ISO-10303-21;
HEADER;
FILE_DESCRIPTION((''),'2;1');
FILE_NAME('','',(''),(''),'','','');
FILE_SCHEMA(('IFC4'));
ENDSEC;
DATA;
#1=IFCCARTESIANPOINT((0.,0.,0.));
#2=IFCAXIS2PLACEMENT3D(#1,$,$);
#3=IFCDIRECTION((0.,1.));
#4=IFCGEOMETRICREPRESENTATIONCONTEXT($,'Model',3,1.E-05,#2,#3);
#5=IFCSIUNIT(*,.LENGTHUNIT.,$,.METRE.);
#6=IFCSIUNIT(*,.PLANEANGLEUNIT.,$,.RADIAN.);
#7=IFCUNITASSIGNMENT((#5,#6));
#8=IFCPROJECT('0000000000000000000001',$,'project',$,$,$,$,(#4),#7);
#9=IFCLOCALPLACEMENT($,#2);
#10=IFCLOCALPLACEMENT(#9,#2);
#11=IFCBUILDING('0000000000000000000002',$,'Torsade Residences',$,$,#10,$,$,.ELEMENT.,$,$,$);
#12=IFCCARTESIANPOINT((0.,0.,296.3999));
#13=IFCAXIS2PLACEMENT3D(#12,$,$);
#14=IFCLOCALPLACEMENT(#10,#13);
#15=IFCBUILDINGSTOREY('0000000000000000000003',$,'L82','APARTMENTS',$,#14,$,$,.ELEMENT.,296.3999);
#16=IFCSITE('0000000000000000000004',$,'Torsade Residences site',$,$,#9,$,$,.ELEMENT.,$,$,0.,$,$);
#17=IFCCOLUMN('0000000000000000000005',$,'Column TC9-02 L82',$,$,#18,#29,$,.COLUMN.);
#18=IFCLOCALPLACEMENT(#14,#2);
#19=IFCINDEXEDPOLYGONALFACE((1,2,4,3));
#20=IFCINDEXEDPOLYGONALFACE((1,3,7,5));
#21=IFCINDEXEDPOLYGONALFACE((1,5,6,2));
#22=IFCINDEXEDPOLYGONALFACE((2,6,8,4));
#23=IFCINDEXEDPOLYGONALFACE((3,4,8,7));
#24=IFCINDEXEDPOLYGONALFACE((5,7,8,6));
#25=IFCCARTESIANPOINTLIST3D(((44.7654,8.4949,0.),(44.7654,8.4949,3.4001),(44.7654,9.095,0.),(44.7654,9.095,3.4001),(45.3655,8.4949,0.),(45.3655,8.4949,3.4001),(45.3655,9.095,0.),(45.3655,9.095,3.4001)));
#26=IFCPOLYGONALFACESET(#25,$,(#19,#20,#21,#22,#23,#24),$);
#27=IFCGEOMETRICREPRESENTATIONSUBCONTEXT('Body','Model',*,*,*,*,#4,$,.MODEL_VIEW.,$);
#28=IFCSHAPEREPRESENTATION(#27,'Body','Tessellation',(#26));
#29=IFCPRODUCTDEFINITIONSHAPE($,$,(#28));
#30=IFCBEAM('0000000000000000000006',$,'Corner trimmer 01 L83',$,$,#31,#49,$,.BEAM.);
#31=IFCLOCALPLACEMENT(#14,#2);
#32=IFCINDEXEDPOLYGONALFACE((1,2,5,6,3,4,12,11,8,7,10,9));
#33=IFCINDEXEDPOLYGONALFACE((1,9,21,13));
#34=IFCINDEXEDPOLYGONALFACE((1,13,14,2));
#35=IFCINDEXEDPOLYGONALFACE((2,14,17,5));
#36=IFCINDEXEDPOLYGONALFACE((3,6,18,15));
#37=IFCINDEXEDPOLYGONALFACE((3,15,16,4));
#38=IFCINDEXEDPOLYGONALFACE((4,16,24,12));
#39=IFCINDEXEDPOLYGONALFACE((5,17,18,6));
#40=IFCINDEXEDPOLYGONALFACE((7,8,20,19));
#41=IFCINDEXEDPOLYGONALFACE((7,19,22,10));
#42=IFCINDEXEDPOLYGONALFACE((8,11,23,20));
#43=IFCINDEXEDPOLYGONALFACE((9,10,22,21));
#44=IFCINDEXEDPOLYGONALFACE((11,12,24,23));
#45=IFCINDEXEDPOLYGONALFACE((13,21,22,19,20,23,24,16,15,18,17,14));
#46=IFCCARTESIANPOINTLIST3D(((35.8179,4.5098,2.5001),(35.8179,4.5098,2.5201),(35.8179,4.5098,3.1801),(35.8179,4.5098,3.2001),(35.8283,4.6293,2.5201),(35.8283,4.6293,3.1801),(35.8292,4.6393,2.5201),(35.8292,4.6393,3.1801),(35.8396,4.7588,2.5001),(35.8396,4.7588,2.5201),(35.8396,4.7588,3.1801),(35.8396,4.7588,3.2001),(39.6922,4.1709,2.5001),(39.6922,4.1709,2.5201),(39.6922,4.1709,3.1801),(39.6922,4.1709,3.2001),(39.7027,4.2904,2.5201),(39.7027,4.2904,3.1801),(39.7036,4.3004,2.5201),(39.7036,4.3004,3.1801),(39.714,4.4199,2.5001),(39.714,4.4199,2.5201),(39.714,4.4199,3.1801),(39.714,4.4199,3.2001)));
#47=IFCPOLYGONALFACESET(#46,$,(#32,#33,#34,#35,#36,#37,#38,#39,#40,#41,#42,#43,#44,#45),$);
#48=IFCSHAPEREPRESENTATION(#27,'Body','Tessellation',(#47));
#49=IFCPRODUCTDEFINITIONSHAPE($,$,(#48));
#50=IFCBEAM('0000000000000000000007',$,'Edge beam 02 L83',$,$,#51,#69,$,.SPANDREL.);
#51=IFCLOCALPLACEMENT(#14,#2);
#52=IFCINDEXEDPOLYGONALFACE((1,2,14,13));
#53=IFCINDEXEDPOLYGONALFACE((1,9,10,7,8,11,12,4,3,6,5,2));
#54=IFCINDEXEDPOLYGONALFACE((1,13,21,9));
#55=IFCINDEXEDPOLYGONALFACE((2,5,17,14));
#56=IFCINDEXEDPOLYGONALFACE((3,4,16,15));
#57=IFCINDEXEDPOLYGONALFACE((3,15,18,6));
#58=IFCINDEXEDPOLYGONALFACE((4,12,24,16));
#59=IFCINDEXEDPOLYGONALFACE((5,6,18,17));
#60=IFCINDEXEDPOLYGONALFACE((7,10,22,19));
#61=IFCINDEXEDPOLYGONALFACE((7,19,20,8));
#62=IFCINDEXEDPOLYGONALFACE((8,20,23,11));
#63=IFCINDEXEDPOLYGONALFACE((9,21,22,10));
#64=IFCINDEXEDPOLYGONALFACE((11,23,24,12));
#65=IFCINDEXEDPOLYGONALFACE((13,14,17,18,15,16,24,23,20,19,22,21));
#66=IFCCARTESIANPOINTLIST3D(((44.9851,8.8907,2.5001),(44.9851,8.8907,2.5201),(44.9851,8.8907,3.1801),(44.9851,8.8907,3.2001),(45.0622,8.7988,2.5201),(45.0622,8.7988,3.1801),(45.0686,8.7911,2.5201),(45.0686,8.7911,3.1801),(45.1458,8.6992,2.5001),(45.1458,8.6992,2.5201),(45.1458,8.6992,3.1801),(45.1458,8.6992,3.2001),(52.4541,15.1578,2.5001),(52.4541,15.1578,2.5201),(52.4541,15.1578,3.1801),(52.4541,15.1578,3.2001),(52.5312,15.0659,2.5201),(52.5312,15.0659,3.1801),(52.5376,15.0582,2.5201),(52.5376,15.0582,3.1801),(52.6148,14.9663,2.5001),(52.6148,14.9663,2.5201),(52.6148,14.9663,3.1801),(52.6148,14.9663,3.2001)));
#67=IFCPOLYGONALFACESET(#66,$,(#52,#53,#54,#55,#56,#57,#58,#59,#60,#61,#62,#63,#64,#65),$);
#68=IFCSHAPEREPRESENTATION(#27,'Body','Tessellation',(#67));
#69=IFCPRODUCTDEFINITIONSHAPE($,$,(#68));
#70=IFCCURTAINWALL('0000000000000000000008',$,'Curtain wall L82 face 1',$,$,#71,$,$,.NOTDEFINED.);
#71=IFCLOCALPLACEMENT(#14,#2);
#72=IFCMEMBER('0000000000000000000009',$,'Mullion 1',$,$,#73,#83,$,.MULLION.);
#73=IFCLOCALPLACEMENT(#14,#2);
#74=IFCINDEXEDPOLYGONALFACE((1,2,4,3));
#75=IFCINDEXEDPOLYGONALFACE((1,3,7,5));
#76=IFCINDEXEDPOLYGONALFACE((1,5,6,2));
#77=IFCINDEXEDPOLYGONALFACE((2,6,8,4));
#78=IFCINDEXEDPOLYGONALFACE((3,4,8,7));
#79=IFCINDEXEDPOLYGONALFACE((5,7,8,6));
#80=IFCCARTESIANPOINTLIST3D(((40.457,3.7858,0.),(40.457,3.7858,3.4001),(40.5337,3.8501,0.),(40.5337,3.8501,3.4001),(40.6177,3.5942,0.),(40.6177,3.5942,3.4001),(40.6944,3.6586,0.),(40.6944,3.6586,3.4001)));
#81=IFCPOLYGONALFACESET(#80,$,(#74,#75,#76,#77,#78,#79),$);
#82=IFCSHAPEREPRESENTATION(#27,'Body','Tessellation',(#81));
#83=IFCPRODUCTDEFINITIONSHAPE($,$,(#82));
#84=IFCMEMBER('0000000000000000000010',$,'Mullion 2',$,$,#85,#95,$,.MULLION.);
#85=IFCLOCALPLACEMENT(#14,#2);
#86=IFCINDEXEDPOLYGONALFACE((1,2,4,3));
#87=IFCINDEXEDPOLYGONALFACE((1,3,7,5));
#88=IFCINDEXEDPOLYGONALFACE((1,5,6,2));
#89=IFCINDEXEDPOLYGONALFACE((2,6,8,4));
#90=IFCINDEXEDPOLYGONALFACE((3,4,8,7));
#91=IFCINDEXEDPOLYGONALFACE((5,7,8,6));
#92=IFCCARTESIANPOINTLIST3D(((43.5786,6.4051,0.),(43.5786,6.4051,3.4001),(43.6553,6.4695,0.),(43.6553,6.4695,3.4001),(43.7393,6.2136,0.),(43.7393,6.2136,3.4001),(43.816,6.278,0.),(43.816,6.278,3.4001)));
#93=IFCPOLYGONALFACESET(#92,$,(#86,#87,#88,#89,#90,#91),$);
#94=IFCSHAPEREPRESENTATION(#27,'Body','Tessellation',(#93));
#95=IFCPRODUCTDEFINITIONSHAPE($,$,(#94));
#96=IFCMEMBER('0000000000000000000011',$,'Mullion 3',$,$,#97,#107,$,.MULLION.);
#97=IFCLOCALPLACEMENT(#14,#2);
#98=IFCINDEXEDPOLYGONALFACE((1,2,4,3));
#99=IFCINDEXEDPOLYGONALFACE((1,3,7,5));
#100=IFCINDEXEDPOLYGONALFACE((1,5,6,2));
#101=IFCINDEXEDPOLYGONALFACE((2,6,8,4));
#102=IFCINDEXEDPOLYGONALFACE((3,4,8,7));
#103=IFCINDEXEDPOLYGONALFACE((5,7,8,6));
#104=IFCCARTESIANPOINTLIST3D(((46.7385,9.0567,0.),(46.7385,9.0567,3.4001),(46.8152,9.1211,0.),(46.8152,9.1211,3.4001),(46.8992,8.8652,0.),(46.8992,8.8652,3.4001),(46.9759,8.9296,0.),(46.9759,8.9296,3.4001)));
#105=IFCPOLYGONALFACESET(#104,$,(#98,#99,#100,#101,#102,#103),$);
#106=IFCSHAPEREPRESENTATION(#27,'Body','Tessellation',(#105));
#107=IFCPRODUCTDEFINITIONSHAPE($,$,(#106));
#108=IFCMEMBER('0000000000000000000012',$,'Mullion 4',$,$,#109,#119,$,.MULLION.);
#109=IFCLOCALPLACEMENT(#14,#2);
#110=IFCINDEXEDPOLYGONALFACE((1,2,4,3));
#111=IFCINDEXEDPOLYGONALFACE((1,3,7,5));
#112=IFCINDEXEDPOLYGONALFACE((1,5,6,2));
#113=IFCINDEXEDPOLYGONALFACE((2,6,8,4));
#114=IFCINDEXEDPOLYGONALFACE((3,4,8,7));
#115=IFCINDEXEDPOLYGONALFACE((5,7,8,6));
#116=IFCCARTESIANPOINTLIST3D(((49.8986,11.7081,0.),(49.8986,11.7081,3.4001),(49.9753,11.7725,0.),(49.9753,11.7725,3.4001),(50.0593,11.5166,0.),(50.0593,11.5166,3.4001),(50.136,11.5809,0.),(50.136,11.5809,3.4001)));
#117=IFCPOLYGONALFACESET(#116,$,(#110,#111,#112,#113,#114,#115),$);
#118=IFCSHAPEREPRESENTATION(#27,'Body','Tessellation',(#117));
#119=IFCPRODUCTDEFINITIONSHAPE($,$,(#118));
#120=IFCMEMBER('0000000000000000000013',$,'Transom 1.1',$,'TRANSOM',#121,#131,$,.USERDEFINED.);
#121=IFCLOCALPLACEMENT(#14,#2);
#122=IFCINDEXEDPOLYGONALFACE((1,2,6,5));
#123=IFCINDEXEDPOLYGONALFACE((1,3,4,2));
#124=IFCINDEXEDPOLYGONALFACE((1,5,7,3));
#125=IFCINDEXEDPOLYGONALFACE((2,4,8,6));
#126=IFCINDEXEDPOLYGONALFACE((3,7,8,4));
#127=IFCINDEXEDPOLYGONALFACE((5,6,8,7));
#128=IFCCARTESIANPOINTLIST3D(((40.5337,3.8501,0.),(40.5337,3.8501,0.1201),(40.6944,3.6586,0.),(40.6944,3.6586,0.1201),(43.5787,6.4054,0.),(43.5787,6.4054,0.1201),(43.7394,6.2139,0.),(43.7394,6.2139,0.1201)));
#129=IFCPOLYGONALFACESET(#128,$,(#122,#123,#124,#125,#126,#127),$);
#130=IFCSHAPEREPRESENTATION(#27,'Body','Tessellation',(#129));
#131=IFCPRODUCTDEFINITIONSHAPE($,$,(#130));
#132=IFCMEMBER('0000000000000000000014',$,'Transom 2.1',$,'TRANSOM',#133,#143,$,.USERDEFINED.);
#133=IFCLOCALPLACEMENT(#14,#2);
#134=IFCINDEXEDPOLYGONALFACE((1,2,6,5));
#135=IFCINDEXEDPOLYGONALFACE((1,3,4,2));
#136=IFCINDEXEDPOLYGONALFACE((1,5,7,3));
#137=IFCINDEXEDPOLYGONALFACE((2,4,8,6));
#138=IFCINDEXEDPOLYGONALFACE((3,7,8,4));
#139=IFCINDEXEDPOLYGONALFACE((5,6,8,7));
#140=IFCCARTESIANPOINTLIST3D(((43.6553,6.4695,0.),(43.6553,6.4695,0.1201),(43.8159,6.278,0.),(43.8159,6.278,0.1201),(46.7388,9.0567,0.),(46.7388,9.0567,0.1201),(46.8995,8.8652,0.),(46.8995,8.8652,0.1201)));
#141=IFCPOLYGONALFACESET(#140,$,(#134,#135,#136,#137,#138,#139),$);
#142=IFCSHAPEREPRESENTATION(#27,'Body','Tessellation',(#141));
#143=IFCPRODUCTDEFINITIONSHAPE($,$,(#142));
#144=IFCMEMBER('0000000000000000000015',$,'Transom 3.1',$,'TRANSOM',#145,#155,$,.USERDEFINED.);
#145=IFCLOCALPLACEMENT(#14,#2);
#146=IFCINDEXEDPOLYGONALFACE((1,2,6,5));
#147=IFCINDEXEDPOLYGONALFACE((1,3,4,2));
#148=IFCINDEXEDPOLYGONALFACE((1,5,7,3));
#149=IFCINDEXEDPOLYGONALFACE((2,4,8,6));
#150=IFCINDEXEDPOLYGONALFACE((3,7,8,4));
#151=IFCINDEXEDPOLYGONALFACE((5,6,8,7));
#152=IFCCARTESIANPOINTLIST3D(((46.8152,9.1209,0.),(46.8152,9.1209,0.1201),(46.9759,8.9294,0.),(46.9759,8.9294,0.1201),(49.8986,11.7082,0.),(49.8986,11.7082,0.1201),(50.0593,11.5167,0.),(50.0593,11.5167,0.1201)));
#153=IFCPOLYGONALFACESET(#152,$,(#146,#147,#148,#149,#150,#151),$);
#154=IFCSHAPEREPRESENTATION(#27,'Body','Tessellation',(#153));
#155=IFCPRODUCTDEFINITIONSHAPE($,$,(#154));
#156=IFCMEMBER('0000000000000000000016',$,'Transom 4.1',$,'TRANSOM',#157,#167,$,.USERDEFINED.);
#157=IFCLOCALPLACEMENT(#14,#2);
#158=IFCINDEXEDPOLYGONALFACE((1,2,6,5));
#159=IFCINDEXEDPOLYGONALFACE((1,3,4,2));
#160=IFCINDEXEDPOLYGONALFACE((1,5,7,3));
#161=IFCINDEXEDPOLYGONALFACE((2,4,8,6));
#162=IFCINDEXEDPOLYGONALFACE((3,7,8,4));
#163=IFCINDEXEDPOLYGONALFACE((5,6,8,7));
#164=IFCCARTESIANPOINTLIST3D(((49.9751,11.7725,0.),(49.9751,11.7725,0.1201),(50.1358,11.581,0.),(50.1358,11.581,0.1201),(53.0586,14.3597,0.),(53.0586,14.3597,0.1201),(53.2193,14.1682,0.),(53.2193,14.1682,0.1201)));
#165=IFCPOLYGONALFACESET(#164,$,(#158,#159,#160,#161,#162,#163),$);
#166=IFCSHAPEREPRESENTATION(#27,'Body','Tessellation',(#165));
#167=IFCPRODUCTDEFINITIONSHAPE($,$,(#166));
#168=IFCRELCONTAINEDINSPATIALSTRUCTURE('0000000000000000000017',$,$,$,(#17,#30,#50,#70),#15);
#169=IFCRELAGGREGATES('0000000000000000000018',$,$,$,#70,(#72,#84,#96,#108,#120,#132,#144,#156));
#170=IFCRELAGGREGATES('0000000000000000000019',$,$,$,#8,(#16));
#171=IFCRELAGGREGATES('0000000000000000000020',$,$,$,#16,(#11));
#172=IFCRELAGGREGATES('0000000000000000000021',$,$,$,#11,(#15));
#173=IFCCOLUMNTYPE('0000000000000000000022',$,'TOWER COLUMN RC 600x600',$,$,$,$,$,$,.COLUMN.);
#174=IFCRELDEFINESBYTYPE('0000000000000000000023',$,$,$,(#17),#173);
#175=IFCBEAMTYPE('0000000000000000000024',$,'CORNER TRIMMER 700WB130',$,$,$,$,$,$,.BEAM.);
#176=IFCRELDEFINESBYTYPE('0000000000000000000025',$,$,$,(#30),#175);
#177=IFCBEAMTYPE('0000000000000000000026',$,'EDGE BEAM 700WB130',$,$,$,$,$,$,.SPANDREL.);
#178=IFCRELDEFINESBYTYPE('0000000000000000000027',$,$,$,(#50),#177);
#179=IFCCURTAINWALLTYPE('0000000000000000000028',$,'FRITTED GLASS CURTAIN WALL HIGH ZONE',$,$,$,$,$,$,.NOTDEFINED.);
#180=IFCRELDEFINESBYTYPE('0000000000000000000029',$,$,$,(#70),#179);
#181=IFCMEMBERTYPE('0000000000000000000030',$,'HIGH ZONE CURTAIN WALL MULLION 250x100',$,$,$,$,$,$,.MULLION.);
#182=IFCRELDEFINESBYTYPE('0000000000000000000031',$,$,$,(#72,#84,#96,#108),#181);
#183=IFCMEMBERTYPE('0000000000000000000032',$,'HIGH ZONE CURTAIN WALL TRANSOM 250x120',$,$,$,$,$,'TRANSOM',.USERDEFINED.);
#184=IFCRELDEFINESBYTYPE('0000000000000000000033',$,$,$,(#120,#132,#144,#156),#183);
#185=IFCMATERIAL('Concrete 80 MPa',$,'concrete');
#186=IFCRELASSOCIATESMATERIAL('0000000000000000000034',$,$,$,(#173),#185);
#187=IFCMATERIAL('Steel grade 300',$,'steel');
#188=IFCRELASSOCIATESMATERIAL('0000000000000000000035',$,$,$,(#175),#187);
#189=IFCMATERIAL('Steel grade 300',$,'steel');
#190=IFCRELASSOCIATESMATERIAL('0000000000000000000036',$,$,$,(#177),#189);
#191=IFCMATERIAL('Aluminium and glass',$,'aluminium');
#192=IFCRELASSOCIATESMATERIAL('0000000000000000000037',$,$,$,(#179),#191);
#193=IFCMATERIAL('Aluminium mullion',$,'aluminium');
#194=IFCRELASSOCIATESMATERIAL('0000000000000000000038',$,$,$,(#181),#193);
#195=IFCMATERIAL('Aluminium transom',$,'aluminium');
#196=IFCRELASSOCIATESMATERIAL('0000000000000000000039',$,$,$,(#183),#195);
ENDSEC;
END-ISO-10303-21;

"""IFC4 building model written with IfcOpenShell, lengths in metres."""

from ifc_helpers import new_model, si_unit, direction, frame, origin, origin_2d, place, context, subcontext, project, spatial, rectangle, i_section, extrude, material, material_profile, profile_set, type_object, element, aggregate, save


model = new_model("IFC4")

# Units and contexts
model_context = context("Model", 3, precision=1e-05, world=origin(), true_north=direction((0.0, 1.0)))
body_context = subcontext(model_context, "Body", "Model", "MODEL_VIEW")
ifc_project = project(units=[si_unit("LENGTHUNIT", "METRE"), si_unit("PLANEANGLEUNIT", "RADIAN")], contexts=[model_context])

# Site, building, storey
site_placement = place(None, origin())
site = spatial("IfcSite", under=ifc_project, at=site_placement, Name="Torsade Residences site", CompositionType="ELEMENT", RefElevation=0.0)
building_placement = place(site_placement, origin())
building = spatial("IfcBuilding", under=site, at=building_placement, Name="Torsade Residences", CompositionType="ELEMENT")
storey_placement = place(building_placement, frame((0.0, 0.0, 296.3999)))
storey = spatial("IfcBuildingStorey", under=building, at=storey_placement, Name="L82", Description="APARTMENTS", CompositionType="ELEMENT", Elevation=296.3999)

# Column
ifc_material_1 = material(Name="Concrete 80 MPa", Category="concrete")
ifc_material_profile_1 = material_profile(ifc_material_1, rectangle(XDim=0.6001, YDim=0.6001, at=origin_2d()), Name="RC 600x600")
ifc_profile_set_1 = profile_set([ifc_material_profile_1], Name="Concrete 80 MPa")
column_type = type_object("IfcColumnType", Name="TOWER COLUMN RC 600x600", PredefinedType="COLUMN", material=ifc_profile_set_1)
column_placement = place(storey_placement, frame((45.0654, 8.7949, 0.0), z_axis=(0.0, 0.0, 1.0), x_axis=(1.0, 0.0, 0.0)))
element("IfcColumn", 1, at=column_placement, inside=storey, type_object=column_type, Name="Column TC9-02 L82", PredefinedType="COLUMN", context=body_context, shape_type="SweptSolid", body=[
    extrude(rectangle(XDim=0.6001, YDim=0.6001, at=origin_2d()), origin(), (0.0, 0.0, 1.0), 3.4001),
])

# Beams
ifc_material_2 = material(Name="Steel grade 300", Category="steel")
ifc_material_profile_2 = material_profile(ifc_material_2, i_section(OverallWidth=0.25, OverallDepth=0.7, WebThickness=0.01, FlangeThickness=0.02, at=origin_2d()), Name="700WB130")
ifc_profile_set_2 = profile_set([ifc_material_profile_2], Name="Steel grade 300")
beam_type_1 = type_object("IfcBeamType", Name="CORNER TRIMMER 700WB130", PredefinedType="BEAM", material=ifc_profile_set_2)
beam_1_placement = place(storey_placement, frame((39.7031, 4.2954, 2.8501), z_axis=(-0.996197, 0.087133, 0.0), x_axis=(-0.087133, -0.996197, 0.0)))
element("IfcBeam", 2, at=beam_1_placement, inside=storey, type_object=beam_type_1, Name="Corner trimmer 01 L83", PredefinedType="BEAM", context=body_context, shape_type="SweptSolid", body=[
    extrude(i_section(OverallWidth=0.25, OverallDepth=0.7, WebThickness=0.01, FlangeThickness=0.02, at=origin_2d()), origin(), (0.0, 0.0, 1.0), 3.8892),
])
ifc_material_3 = material(Name="Steel grade 300", Category="steel")
ifc_material_profile_3 = material_profile(ifc_material_3, i_section(OverallWidth=0.25, OverallDepth=0.7, WebThickness=0.01, FlangeThickness=0.02, at=origin_2d()), Name="700WB130")
ifc_profile_set_3 = profile_set([ifc_material_profile_3], Name="Steel grade 300")
beam_type_2 = type_object("IfcBeamType", Name="EDGE BEAM 700WB130", PredefinedType="SPANDREL", material=ifc_profile_set_3)
beam_2_placement = place(storey_placement, frame((45.0654, 8.7949, 2.8501), z_axis=(0.766052, 0.642779, 0.0), x_axis=(-0.642779, 0.766052, 0.0)))
element("IfcBeam", 3, at=beam_2_placement, inside=storey, type_object=beam_type_2, Name="Edge beam 02 L83", PredefinedType="SPANDREL", context=body_context, shape_type="SweptSolid", body=[
    extrude(i_section(OverallWidth=0.25, OverallDepth=0.7, WebThickness=0.01, FlangeThickness=0.02, at=origin_2d()), origin(), (0.0, 0.0, 1.0), 9.75),
])

# Curtain wall, members
ifc_material_4 = material(Name="Aluminium and glass", Category="aluminium")
curtain_wall_type = type_object("IfcCurtainWallType", Name="FRITTED GLASS CURTAIN WALL HIGH ZONE", PredefinedType="NOTDEFINED", material=ifc_material_4)
curtain_wall_placement = place(storey_placement, origin())
curtain_wall = element("IfcCurtainWall", 4, at=curtain_wall_placement, inside=storey, type_object=curtain_wall_type, Name="Curtain wall L82 face 1", PredefinedType="NOTDEFINED")
ifc_material_5 = material(Name="Aluminium mullion", Category="aluminium")
ifc_material_profile_4 = material_profile(ifc_material_5, rectangle(XDim=0.25, YDim=0.1001, at=origin_2d()), Name="HIGH ZONE CURTAIN WALL MULLION 250x100")
ifc_profile_set_4 = profile_set([ifc_material_profile_4], Name="Aluminium mullion")
member_type_1 = type_object("IfcMemberType", Name="HIGH ZONE CURTAIN WALL MULLION 250x100", PredefinedType="MULLION", material=ifc_profile_set_4)
member_1_placement = place(storey_placement, frame((40.5757, 3.7222, 0.0), z_axis=(0.0, 0.0, 1.0), x_axis=(-0.642788, 0.766044, 0.0)))
member_1 = element("IfcMember", 5, at=member_1_placement, type_object=member_type_1, Name="Mullion 1", PredefinedType="MULLION", context=body_context, shape_type="SweptSolid", body=[
    extrude(rectangle(XDim=0.25, YDim=0.1001, at=origin_2d()), origin(), (0.0, 0.0, 1.0), 3.4001),
])
member_2_placement = place(storey_placement, frame((43.6973, 6.3416, 0.0), z_axis=(0.0, 0.0, 1.0), x_axis=(-0.642788, 0.766044, 0.0)))
member_2 = element("IfcMember", 6, at=member_2_placement, type_object=member_type_1, Name="Mullion 2", PredefinedType="MULLION", context=body_context, shape_type="SweptSolid", body=[
    extrude(rectangle(XDim=0.25, YDim=0.1001, at=origin_2d()), origin(), (0.0, 0.0, 1.0), 3.4001),
])
member_3_placement = place(storey_placement, frame((46.8572, 8.9932, 0.0), z_axis=(0.0, 0.0, 1.0), x_axis=(-0.642788, 0.766044, 0.0)))
member_3 = element("IfcMember", 7, at=member_3_placement, type_object=member_type_1, Name="Mullion 3", PredefinedType="MULLION", context=body_context, shape_type="SweptSolid", body=[
    extrude(rectangle(XDim=0.25, YDim=0.1001, at=origin_2d()), origin(), (0.0, 0.0, 1.0), 3.4001),
])
member_4_placement = place(storey_placement, frame((50.0173, 11.6445, 0.0), z_axis=(0.0, 0.0, 1.0), x_axis=(-0.642788, 0.766044, 0.0)))
member_4 = element("IfcMember", 8, at=member_4_placement, type_object=member_type_1, Name="Mullion 4", PredefinedType="MULLION", context=body_context, shape_type="SweptSolid", body=[
    extrude(rectangle(XDim=0.25, YDim=0.1001, at=origin_2d()), origin(), (0.0, 0.0, 1.0), 3.4001),
])
ifc_material_6 = material(Name="Aluminium transom", Category="aluminium")
ifc_material_profile_5 = material_profile(ifc_material_6, rectangle(XDim=0.25, YDim=0.1201, at=origin_2d()), Name="HIGH ZONE CURTAIN WALL TRANSOM 250x120")
ifc_profile_set_5 = profile_set([ifc_material_profile_5], Name="Aluminium transom")
member_type_2 = type_object("IfcMemberType", Name="HIGH ZONE CURTAIN WALL TRANSOM 250x120", ElementType="TRANSOM", PredefinedType="USERDEFINED", material=ifc_profile_set_5)
member_5_placement = place(storey_placement, frame((40.614, 3.7544, 0.0601), z_axis=(0.766022, 0.642815, 0.0), x_axis=(-0.642815, 0.766022, 0.0)))
member_5 = element("IfcMember", 9, at=member_5_placement, type_object=member_type_2, Name="Transom 1.1", ObjectType="TRANSOM", PredefinedType="USERDEFINED", context=body_context, shape_type="SweptSolid", body=[
    extrude(rectangle(XDim=0.25, YDim=0.1201, at=origin_2d()), origin(), (0.0, 0.0, 1.0), 3.9751),
])
member_6_placement = place(storey_placement, frame((43.7356, 6.3738, 0.0601), z_axis=(0.766069, 0.642758, 0.0), x_axis=(-0.642758, 0.766069, 0.0)))
member_6 = element("IfcMember", 10, at=member_6_placement, type_object=member_type_2, Name="Transom 2.1", ObjectType="TRANSOM", PredefinedType="USERDEFINED", context=body_context, shape_type="SweptSolid", body=[
    extrude(rectangle(XDim=0.25, YDim=0.1201, at=origin_2d()), origin(), (0.0, 0.0, 1.0), 4.0251),
])
member_7_placement = place(storey_placement, frame((46.8955, 9.0251, 0.0601), z_axis=(0.766039, 0.642794, 0.0), x_axis=(-0.642794, 0.766039, 0.0)))
member_7 = element("IfcMember", 11, at=member_7_placement, type_object=member_type_2, Name="Transom 3.1", ObjectType="TRANSOM", PredefinedType="USERDEFINED", context=body_context, shape_type="SweptSolid", body=[
    extrude(rectangle(XDim=0.25, YDim=0.1201, at=origin_2d()), origin(), (0.0, 0.0, 1.0), 4.0251),
])
member_8_placement = place(storey_placement, frame((50.0554, 11.6768, 0.0601), z_axis=(0.766069, 0.642758, 0.0), x_axis=(-0.642758, 0.766069, 0.0)))
member_8 = element("IfcMember", 12, at=member_8_placement, type_object=member_type_2, Name="Transom 4.1", ObjectType="TRANSOM", PredefinedType="USERDEFINED", context=body_context, shape_type="SweptSolid", body=[
    extrude(rectangle(XDim=0.25, YDim=0.1201, at=origin_2d()), origin(), (0.0, 0.0, 1.0), 4.0251),
])

aggregate(curtain_wall, [member_1, member_2, member_3, member_4, member_5, member_6, member_7, member_8])

save(model, "model.ifc")
